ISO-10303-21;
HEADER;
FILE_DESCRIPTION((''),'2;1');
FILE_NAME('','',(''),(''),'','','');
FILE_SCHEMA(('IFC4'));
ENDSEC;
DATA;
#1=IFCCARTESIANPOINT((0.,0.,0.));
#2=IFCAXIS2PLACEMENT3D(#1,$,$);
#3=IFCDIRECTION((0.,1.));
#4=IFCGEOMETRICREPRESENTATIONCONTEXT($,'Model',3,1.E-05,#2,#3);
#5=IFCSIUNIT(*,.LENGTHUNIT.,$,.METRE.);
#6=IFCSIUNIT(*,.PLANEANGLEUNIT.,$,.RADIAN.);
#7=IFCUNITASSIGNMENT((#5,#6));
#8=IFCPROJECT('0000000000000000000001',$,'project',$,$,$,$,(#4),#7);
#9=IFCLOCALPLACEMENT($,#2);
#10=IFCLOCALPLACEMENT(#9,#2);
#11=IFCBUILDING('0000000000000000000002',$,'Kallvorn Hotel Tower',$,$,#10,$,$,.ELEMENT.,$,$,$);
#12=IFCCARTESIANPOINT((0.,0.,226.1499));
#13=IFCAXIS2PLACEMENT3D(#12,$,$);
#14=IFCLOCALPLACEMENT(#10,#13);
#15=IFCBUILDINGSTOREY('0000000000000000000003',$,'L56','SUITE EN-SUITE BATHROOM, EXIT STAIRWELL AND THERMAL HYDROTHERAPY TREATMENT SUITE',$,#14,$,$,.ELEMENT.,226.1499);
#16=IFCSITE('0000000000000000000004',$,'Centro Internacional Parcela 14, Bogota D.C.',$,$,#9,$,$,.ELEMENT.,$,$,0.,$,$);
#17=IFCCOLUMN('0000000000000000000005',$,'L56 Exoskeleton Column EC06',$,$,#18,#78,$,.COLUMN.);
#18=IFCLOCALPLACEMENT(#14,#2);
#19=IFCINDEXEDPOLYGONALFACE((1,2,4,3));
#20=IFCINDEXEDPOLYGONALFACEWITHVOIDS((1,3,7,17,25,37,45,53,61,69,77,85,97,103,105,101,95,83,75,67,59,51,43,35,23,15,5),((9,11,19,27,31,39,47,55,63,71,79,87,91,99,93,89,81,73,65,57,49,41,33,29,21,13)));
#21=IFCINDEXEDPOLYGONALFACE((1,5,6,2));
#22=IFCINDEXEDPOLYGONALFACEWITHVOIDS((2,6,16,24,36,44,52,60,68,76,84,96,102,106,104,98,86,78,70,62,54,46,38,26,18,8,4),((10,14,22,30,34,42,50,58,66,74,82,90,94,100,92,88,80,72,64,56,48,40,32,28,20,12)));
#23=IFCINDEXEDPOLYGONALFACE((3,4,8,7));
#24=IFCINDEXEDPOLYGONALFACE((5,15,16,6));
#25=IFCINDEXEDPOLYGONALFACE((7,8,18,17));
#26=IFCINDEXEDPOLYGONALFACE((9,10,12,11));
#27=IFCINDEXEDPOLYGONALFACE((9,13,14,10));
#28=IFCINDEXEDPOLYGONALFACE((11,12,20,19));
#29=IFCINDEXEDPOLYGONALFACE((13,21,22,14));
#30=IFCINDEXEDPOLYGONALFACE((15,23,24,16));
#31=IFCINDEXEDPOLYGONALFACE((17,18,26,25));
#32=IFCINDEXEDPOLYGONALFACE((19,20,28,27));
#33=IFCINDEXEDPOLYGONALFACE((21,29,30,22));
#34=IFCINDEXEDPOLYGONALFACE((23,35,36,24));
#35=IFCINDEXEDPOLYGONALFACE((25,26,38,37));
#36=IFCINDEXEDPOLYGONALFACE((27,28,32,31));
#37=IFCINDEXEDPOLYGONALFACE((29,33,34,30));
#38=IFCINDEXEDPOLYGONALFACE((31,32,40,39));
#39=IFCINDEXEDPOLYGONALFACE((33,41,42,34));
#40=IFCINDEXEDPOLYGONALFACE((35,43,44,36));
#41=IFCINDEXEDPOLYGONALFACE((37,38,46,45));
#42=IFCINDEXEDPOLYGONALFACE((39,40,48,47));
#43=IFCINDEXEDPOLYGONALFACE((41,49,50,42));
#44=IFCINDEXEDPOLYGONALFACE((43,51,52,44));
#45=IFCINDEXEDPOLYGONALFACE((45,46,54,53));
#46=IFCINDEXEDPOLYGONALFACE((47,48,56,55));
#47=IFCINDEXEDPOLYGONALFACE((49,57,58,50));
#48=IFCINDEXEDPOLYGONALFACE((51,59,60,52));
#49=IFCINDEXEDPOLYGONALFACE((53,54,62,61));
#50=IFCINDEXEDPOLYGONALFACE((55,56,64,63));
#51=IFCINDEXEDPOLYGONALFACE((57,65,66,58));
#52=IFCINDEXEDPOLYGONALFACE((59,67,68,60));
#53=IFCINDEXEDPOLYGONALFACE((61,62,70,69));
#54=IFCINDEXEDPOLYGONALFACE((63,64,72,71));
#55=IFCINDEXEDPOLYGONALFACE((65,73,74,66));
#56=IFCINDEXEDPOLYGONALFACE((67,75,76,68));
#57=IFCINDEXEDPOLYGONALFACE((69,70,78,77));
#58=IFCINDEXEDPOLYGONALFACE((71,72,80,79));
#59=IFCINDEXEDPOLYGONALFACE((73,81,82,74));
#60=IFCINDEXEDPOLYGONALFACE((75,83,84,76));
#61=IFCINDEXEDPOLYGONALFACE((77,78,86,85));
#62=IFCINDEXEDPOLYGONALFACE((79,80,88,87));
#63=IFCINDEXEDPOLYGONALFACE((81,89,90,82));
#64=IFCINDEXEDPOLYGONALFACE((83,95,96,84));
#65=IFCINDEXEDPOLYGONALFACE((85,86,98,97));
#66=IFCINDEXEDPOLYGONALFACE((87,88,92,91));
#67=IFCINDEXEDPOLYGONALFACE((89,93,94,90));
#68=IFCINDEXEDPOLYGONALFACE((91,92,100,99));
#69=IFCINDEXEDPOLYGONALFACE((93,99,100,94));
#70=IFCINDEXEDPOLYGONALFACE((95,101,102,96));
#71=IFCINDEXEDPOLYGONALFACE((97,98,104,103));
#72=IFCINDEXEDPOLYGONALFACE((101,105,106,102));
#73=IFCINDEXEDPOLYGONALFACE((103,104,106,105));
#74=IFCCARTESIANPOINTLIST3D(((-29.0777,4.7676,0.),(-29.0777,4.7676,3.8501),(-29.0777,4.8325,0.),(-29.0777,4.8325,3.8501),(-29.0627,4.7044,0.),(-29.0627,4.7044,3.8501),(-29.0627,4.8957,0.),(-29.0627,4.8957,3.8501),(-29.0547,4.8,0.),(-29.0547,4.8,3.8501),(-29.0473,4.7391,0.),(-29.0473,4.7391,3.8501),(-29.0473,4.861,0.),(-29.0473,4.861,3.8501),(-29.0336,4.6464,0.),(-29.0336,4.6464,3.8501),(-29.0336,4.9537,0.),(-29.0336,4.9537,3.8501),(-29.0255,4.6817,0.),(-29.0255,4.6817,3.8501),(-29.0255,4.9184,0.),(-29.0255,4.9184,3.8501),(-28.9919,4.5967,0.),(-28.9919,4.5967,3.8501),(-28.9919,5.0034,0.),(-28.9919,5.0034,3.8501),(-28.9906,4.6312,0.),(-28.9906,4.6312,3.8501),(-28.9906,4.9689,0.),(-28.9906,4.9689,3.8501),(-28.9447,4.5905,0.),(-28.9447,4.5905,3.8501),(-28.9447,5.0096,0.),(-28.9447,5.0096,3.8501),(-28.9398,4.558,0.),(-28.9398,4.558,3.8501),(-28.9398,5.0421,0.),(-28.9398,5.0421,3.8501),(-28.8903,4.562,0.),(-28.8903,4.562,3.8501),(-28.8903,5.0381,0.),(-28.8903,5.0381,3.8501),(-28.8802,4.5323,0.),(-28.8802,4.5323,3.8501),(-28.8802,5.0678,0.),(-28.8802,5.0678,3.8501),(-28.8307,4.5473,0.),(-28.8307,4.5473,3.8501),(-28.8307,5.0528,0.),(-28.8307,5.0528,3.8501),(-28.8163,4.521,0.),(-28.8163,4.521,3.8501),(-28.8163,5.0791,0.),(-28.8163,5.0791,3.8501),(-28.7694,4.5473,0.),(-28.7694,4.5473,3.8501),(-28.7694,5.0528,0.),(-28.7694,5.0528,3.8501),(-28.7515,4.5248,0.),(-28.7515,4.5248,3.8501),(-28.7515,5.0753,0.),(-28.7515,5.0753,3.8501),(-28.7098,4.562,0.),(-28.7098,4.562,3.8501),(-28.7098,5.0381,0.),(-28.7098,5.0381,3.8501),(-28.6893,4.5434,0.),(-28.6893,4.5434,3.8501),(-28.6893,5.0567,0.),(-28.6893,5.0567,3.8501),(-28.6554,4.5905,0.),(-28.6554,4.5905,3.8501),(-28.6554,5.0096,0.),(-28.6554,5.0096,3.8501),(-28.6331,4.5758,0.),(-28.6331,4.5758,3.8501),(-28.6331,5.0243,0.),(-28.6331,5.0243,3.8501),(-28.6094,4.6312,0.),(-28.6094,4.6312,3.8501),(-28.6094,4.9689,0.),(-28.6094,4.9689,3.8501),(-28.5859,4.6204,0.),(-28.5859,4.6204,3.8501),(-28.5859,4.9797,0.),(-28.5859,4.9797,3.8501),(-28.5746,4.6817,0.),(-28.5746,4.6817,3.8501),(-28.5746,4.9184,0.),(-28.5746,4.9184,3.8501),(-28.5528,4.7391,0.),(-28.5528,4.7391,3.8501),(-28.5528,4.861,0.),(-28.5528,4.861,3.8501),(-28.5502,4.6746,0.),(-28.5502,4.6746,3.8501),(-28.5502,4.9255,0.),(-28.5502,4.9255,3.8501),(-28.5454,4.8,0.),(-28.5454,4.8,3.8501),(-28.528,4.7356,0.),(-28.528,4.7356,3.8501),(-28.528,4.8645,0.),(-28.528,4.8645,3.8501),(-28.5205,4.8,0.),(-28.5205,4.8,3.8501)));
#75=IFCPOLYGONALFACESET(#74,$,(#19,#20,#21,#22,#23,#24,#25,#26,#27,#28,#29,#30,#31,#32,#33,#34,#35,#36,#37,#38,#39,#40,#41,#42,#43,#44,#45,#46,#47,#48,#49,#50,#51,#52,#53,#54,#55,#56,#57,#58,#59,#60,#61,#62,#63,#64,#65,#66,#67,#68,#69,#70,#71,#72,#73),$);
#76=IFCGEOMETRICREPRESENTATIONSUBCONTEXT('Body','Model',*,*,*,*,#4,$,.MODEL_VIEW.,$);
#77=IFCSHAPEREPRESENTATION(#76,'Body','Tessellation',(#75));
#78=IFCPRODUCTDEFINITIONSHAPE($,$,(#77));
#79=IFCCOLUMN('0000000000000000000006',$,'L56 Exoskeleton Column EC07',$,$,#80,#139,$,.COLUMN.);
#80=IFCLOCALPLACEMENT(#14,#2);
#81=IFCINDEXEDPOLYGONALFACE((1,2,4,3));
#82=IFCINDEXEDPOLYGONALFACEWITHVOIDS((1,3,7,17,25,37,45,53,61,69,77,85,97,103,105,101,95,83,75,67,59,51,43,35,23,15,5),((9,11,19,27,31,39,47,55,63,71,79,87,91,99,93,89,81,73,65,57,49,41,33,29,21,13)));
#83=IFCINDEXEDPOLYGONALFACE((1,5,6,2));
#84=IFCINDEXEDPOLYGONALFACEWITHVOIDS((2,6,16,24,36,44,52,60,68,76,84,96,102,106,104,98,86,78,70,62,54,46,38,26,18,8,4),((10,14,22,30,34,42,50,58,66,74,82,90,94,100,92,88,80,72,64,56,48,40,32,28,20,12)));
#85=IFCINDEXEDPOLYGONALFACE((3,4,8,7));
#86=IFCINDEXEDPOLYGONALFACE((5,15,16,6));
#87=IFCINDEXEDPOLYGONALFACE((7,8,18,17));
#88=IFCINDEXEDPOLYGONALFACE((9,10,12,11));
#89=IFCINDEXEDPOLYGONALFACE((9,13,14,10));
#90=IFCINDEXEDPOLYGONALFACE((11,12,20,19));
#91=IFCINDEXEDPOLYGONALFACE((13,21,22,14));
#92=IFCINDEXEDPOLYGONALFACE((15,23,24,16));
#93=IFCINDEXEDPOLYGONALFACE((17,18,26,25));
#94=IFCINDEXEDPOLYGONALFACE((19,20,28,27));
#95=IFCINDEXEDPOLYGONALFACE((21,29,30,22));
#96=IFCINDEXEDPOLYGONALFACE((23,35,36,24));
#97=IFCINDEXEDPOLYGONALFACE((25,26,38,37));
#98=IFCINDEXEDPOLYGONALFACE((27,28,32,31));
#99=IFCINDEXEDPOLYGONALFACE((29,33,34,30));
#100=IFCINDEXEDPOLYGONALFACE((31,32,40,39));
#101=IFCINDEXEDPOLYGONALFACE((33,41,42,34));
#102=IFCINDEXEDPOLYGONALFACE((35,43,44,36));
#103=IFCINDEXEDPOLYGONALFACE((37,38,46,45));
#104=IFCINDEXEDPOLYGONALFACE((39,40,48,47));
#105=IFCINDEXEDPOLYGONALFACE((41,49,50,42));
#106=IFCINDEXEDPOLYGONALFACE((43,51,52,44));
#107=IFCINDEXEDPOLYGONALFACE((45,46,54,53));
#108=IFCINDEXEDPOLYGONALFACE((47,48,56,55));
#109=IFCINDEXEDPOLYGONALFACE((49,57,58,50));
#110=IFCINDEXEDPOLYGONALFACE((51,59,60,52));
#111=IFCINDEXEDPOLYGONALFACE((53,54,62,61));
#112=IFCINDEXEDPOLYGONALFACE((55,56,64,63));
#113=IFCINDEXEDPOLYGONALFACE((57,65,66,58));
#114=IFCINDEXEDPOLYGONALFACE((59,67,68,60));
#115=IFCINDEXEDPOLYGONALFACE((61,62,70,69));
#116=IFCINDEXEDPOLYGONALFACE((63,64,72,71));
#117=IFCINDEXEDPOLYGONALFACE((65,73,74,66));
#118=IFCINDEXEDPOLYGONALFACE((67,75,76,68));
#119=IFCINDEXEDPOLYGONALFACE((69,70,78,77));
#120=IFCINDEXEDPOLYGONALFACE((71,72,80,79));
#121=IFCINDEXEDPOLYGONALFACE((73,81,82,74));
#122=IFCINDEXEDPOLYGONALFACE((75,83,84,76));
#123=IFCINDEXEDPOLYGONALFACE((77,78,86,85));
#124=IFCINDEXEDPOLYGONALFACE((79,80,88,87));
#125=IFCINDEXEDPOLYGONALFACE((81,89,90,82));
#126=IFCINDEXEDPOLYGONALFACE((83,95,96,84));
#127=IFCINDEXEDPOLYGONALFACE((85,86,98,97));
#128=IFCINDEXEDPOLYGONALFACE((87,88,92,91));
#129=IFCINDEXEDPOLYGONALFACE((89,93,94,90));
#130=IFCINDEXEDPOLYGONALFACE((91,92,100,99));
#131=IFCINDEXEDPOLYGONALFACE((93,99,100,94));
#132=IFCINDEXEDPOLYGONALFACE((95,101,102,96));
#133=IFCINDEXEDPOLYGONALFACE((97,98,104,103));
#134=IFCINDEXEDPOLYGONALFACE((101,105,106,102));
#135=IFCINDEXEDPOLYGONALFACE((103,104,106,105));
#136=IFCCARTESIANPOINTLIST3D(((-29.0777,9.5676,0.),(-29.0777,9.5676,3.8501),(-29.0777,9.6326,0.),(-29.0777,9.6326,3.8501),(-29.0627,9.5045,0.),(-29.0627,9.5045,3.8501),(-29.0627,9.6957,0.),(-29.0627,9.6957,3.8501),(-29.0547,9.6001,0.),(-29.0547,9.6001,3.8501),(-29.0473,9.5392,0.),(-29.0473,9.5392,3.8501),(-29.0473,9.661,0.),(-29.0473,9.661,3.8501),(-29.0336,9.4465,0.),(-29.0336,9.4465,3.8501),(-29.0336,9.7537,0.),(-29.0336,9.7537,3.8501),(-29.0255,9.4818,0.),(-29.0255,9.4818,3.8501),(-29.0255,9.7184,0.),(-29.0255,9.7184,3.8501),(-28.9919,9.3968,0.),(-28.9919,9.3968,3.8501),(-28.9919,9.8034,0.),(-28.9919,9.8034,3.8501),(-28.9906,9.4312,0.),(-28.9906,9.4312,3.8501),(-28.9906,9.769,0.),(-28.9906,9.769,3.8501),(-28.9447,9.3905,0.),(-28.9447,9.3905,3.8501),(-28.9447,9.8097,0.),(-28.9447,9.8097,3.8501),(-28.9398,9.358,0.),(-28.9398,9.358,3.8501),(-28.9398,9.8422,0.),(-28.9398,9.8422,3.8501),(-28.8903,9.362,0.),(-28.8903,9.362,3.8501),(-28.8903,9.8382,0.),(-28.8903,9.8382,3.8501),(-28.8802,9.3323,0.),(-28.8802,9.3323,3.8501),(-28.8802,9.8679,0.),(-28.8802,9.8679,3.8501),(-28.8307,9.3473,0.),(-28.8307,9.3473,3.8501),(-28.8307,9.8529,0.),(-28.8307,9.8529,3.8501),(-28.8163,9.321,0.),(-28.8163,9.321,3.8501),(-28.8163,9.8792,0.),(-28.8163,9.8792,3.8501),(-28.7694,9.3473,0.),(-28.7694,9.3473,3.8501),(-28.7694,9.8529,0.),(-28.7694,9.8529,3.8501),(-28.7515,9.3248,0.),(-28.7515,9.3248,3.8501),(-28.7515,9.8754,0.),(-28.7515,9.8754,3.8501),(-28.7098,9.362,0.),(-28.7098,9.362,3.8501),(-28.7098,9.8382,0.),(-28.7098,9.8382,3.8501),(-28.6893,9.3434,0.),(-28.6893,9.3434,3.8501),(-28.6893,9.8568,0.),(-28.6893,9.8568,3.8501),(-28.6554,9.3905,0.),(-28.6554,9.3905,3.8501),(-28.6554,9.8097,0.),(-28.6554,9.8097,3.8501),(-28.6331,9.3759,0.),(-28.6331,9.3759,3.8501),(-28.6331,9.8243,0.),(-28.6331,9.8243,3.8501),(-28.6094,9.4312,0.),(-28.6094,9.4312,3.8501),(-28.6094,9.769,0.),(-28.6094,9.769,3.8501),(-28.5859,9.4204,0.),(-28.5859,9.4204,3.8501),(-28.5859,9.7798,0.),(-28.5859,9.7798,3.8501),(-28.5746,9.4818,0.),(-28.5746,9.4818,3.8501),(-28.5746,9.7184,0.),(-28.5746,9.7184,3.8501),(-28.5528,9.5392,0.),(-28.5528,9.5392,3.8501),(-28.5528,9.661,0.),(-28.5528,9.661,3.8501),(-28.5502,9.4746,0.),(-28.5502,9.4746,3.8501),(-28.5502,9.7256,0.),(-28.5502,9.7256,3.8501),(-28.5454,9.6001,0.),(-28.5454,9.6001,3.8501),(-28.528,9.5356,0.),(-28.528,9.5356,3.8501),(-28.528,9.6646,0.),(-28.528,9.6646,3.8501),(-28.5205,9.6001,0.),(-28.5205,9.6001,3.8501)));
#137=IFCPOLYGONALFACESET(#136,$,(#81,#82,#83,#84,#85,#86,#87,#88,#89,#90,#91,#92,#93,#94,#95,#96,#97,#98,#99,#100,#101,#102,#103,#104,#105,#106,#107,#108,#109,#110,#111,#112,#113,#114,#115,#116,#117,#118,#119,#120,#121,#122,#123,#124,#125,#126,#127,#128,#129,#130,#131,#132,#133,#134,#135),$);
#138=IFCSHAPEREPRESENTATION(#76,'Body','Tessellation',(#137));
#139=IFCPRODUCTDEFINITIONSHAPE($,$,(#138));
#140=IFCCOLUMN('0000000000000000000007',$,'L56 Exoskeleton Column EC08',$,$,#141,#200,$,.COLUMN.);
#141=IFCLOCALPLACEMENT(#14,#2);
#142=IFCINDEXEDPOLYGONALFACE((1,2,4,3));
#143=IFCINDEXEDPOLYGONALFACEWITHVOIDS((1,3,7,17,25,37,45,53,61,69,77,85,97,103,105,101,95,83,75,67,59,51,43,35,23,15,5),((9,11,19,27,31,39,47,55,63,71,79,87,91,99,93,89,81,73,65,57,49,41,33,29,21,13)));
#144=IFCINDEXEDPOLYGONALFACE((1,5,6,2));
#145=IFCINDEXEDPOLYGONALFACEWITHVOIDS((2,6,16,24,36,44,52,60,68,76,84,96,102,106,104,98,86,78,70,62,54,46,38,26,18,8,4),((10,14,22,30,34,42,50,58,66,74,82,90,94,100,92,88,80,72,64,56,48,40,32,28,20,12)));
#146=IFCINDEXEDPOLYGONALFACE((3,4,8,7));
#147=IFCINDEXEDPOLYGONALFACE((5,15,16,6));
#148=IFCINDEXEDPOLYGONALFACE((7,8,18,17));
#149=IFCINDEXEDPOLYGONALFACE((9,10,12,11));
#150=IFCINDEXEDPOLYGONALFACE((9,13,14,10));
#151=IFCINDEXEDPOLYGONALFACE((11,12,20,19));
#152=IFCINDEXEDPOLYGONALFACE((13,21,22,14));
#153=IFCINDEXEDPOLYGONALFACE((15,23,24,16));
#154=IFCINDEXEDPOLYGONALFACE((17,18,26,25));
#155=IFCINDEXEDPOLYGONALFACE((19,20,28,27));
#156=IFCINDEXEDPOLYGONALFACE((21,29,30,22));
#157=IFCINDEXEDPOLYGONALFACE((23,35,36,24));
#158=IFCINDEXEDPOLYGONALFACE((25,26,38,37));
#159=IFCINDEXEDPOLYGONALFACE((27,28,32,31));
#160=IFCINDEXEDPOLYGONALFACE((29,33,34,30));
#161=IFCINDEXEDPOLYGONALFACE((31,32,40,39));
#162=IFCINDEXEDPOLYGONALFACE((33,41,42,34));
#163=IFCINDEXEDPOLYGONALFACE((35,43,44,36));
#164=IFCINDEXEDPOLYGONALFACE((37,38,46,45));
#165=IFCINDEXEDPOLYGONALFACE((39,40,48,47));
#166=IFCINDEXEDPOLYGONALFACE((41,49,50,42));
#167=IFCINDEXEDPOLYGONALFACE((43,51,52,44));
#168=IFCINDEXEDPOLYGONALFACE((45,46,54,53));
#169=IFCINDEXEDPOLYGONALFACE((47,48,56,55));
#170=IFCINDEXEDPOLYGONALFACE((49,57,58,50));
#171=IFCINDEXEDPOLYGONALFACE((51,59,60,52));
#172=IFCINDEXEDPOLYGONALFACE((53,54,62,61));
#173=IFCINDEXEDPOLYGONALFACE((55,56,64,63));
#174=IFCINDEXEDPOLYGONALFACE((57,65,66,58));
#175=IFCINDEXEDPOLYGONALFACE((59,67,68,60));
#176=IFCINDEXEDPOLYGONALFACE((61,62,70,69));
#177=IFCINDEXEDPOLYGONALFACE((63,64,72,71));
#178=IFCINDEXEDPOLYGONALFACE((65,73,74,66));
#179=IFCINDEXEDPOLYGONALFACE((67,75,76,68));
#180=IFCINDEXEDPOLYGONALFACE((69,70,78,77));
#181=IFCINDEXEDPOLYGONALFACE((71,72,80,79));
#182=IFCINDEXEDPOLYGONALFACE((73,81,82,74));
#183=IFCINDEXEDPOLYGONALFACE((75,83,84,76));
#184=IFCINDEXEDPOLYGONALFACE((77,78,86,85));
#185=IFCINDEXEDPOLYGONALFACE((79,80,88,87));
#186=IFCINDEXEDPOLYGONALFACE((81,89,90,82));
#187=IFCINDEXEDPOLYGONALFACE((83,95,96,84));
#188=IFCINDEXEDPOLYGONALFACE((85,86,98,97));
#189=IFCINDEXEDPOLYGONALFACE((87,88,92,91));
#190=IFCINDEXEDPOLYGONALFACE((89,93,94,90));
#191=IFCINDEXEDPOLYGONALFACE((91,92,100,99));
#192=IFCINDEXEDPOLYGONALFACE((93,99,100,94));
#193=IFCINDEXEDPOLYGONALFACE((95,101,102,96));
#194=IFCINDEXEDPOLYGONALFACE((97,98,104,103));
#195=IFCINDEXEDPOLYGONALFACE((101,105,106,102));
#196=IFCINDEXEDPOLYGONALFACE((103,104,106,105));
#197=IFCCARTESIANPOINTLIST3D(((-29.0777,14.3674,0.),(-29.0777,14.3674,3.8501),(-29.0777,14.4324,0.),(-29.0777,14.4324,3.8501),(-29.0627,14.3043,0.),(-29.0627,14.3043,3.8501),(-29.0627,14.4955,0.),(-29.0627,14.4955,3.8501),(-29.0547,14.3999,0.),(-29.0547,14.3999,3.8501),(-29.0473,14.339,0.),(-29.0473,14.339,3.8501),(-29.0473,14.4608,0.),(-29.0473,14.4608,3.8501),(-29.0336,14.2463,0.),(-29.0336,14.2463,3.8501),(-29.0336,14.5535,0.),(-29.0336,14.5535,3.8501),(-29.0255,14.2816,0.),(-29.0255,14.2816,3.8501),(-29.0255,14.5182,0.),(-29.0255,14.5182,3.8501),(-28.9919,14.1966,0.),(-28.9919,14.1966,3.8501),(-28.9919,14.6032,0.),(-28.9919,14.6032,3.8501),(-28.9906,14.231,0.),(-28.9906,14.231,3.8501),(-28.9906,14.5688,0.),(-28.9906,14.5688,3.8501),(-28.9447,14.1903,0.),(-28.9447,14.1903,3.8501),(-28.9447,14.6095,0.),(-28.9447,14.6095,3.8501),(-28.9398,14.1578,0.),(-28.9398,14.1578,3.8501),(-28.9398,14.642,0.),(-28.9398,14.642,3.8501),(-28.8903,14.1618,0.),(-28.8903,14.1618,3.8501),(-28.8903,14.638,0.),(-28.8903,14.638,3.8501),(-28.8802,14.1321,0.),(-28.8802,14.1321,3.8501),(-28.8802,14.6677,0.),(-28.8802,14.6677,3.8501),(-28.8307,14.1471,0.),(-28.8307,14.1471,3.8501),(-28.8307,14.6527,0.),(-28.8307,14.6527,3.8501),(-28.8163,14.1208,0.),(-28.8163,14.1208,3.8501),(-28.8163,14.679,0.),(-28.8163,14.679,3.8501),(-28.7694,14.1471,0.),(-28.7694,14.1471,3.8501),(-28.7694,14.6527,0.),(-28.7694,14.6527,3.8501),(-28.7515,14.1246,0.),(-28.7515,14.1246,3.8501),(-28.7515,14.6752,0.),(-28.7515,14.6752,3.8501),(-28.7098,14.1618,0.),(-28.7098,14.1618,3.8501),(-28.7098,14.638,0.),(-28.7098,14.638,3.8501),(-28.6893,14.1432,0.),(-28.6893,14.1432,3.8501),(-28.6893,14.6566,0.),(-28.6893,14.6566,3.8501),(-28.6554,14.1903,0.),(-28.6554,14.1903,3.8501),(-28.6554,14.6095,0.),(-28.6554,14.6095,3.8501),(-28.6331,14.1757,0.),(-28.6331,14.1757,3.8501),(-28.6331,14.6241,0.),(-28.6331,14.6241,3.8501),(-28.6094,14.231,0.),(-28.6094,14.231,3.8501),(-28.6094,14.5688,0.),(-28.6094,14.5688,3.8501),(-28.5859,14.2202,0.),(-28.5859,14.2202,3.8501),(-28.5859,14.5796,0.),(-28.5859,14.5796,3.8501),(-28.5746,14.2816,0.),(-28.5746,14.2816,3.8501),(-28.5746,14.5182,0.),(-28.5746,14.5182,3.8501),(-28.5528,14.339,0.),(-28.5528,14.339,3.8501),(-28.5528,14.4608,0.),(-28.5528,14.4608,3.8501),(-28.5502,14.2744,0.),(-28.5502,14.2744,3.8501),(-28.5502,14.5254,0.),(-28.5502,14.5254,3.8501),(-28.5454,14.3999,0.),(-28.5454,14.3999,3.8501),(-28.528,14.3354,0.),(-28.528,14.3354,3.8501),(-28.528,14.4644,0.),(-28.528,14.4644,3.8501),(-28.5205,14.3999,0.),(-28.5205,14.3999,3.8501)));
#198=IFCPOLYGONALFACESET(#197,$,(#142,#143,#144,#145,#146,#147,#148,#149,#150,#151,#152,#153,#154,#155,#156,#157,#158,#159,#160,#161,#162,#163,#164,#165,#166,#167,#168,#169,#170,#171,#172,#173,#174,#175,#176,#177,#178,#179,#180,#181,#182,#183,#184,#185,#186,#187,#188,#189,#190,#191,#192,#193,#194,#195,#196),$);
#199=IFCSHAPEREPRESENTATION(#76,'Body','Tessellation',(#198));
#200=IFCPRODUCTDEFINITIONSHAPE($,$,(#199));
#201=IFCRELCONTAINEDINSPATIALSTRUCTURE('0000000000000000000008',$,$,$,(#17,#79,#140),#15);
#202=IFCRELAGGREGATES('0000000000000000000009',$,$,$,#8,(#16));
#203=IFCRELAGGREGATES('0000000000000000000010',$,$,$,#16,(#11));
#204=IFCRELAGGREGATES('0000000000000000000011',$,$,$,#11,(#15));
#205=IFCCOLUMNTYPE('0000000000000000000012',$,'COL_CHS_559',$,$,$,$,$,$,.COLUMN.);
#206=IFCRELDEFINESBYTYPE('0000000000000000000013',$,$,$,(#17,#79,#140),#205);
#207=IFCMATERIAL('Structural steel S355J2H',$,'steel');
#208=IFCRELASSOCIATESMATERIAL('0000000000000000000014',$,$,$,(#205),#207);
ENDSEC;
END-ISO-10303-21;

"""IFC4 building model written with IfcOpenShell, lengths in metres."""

from ifc_helpers import new_model, si_unit, direction, frame, origin, origin_2d, place, context, subcontext, project, spatial, hollow_circle, extrude, material, material_profile, profile_set, type_object, element, save


model = new_model("IFC4")

# Units and contexts
model_context = context("Model", 3, precision=1e-05, world=origin(), true_north=direction((0.0, 1.0)))
body_context = subcontext(model_context, "Body", "Model", "MODEL_VIEW")
ifc_project = project(units=[si_unit("LENGTHUNIT", "METRE"), si_unit("PLANEANGLEUNIT", "RADIAN")], contexts=[model_context])

# Site, building, storey
site_placement = place(None, origin())
site = spatial("IfcSite", under=ifc_project, at=site_placement, Name="Centro Internacional Parcela 14, Bogota D.C.", CompositionType="ELEMENT", RefElevation=0.0)
building_placement = place(site_placement, origin())
building = spatial("IfcBuilding", under=site, at=building_placement, Name="Kallvorn Hotel Tower", CompositionType="ELEMENT")
storey_placement = place(building_placement, frame((0.0, 0.0, 226.1499)))
storey = spatial("IfcBuildingStorey", under=building, at=storey_placement, Name="L56", Description="SUITE EN-SUITE BATHROOM, EXIT STAIRWELL AND THERMAL HYDROTHERAPY TREATMENT SUITE", CompositionType="ELEMENT", Elevation=226.1499)

# Columns
ifc_material_1 = material(Name="Structural steel S355J2H", Category="steel")
ifc_material_profile_1 = material_profile(ifc_material_1, hollow_circle(Radius=0.2795, WallThickness=0.0249, at=origin_2d()), Name="CHS 559x25")
ifc_profile_set_1 = profile_set([ifc_material_profile_1], Name="Structural steel S355J2H")
column_type_1 = type_object("IfcColumnType", Name="COL_CHS_559", PredefinedType="COLUMN", material=ifc_profile_set_1)
for number, where, z_axis, x_axis, name in (
    (1, (-28.8, 4.8, 0.0), (0.0, 0.0, 1.0), (1.0, 0.0, 0.0), "L56 Exoskeleton Column EC06"),
    (2, (-28.8, 9.6001, 0.0), (0.0, 0.0, 1.0), (1.0, 0.0, 0.0), "L56 Exoskeleton Column EC07"),
    (3, (-28.8, 14.3999, 0.0), (0.0, 0.0, 1.0), (1.0, 0.0, 0.0), "L56 Exoskeleton Column EC08"),
):
    element("IfcColumn", number, at=place(storey_placement, frame(where, z_axis=z_axis, x_axis=x_axis)), inside=storey, type_object=column_type_1, Name=name, PredefinedType="COLUMN", context=body_context, shape_type="SweptSolid", body=[
        extrude(hollow_circle(Radius=0.2795, WallThickness=0.0249, at=origin_2d()), origin(), (0.0, 0.0, 1.0), 3.8501),
    ])

save(model, "model.ifc")
